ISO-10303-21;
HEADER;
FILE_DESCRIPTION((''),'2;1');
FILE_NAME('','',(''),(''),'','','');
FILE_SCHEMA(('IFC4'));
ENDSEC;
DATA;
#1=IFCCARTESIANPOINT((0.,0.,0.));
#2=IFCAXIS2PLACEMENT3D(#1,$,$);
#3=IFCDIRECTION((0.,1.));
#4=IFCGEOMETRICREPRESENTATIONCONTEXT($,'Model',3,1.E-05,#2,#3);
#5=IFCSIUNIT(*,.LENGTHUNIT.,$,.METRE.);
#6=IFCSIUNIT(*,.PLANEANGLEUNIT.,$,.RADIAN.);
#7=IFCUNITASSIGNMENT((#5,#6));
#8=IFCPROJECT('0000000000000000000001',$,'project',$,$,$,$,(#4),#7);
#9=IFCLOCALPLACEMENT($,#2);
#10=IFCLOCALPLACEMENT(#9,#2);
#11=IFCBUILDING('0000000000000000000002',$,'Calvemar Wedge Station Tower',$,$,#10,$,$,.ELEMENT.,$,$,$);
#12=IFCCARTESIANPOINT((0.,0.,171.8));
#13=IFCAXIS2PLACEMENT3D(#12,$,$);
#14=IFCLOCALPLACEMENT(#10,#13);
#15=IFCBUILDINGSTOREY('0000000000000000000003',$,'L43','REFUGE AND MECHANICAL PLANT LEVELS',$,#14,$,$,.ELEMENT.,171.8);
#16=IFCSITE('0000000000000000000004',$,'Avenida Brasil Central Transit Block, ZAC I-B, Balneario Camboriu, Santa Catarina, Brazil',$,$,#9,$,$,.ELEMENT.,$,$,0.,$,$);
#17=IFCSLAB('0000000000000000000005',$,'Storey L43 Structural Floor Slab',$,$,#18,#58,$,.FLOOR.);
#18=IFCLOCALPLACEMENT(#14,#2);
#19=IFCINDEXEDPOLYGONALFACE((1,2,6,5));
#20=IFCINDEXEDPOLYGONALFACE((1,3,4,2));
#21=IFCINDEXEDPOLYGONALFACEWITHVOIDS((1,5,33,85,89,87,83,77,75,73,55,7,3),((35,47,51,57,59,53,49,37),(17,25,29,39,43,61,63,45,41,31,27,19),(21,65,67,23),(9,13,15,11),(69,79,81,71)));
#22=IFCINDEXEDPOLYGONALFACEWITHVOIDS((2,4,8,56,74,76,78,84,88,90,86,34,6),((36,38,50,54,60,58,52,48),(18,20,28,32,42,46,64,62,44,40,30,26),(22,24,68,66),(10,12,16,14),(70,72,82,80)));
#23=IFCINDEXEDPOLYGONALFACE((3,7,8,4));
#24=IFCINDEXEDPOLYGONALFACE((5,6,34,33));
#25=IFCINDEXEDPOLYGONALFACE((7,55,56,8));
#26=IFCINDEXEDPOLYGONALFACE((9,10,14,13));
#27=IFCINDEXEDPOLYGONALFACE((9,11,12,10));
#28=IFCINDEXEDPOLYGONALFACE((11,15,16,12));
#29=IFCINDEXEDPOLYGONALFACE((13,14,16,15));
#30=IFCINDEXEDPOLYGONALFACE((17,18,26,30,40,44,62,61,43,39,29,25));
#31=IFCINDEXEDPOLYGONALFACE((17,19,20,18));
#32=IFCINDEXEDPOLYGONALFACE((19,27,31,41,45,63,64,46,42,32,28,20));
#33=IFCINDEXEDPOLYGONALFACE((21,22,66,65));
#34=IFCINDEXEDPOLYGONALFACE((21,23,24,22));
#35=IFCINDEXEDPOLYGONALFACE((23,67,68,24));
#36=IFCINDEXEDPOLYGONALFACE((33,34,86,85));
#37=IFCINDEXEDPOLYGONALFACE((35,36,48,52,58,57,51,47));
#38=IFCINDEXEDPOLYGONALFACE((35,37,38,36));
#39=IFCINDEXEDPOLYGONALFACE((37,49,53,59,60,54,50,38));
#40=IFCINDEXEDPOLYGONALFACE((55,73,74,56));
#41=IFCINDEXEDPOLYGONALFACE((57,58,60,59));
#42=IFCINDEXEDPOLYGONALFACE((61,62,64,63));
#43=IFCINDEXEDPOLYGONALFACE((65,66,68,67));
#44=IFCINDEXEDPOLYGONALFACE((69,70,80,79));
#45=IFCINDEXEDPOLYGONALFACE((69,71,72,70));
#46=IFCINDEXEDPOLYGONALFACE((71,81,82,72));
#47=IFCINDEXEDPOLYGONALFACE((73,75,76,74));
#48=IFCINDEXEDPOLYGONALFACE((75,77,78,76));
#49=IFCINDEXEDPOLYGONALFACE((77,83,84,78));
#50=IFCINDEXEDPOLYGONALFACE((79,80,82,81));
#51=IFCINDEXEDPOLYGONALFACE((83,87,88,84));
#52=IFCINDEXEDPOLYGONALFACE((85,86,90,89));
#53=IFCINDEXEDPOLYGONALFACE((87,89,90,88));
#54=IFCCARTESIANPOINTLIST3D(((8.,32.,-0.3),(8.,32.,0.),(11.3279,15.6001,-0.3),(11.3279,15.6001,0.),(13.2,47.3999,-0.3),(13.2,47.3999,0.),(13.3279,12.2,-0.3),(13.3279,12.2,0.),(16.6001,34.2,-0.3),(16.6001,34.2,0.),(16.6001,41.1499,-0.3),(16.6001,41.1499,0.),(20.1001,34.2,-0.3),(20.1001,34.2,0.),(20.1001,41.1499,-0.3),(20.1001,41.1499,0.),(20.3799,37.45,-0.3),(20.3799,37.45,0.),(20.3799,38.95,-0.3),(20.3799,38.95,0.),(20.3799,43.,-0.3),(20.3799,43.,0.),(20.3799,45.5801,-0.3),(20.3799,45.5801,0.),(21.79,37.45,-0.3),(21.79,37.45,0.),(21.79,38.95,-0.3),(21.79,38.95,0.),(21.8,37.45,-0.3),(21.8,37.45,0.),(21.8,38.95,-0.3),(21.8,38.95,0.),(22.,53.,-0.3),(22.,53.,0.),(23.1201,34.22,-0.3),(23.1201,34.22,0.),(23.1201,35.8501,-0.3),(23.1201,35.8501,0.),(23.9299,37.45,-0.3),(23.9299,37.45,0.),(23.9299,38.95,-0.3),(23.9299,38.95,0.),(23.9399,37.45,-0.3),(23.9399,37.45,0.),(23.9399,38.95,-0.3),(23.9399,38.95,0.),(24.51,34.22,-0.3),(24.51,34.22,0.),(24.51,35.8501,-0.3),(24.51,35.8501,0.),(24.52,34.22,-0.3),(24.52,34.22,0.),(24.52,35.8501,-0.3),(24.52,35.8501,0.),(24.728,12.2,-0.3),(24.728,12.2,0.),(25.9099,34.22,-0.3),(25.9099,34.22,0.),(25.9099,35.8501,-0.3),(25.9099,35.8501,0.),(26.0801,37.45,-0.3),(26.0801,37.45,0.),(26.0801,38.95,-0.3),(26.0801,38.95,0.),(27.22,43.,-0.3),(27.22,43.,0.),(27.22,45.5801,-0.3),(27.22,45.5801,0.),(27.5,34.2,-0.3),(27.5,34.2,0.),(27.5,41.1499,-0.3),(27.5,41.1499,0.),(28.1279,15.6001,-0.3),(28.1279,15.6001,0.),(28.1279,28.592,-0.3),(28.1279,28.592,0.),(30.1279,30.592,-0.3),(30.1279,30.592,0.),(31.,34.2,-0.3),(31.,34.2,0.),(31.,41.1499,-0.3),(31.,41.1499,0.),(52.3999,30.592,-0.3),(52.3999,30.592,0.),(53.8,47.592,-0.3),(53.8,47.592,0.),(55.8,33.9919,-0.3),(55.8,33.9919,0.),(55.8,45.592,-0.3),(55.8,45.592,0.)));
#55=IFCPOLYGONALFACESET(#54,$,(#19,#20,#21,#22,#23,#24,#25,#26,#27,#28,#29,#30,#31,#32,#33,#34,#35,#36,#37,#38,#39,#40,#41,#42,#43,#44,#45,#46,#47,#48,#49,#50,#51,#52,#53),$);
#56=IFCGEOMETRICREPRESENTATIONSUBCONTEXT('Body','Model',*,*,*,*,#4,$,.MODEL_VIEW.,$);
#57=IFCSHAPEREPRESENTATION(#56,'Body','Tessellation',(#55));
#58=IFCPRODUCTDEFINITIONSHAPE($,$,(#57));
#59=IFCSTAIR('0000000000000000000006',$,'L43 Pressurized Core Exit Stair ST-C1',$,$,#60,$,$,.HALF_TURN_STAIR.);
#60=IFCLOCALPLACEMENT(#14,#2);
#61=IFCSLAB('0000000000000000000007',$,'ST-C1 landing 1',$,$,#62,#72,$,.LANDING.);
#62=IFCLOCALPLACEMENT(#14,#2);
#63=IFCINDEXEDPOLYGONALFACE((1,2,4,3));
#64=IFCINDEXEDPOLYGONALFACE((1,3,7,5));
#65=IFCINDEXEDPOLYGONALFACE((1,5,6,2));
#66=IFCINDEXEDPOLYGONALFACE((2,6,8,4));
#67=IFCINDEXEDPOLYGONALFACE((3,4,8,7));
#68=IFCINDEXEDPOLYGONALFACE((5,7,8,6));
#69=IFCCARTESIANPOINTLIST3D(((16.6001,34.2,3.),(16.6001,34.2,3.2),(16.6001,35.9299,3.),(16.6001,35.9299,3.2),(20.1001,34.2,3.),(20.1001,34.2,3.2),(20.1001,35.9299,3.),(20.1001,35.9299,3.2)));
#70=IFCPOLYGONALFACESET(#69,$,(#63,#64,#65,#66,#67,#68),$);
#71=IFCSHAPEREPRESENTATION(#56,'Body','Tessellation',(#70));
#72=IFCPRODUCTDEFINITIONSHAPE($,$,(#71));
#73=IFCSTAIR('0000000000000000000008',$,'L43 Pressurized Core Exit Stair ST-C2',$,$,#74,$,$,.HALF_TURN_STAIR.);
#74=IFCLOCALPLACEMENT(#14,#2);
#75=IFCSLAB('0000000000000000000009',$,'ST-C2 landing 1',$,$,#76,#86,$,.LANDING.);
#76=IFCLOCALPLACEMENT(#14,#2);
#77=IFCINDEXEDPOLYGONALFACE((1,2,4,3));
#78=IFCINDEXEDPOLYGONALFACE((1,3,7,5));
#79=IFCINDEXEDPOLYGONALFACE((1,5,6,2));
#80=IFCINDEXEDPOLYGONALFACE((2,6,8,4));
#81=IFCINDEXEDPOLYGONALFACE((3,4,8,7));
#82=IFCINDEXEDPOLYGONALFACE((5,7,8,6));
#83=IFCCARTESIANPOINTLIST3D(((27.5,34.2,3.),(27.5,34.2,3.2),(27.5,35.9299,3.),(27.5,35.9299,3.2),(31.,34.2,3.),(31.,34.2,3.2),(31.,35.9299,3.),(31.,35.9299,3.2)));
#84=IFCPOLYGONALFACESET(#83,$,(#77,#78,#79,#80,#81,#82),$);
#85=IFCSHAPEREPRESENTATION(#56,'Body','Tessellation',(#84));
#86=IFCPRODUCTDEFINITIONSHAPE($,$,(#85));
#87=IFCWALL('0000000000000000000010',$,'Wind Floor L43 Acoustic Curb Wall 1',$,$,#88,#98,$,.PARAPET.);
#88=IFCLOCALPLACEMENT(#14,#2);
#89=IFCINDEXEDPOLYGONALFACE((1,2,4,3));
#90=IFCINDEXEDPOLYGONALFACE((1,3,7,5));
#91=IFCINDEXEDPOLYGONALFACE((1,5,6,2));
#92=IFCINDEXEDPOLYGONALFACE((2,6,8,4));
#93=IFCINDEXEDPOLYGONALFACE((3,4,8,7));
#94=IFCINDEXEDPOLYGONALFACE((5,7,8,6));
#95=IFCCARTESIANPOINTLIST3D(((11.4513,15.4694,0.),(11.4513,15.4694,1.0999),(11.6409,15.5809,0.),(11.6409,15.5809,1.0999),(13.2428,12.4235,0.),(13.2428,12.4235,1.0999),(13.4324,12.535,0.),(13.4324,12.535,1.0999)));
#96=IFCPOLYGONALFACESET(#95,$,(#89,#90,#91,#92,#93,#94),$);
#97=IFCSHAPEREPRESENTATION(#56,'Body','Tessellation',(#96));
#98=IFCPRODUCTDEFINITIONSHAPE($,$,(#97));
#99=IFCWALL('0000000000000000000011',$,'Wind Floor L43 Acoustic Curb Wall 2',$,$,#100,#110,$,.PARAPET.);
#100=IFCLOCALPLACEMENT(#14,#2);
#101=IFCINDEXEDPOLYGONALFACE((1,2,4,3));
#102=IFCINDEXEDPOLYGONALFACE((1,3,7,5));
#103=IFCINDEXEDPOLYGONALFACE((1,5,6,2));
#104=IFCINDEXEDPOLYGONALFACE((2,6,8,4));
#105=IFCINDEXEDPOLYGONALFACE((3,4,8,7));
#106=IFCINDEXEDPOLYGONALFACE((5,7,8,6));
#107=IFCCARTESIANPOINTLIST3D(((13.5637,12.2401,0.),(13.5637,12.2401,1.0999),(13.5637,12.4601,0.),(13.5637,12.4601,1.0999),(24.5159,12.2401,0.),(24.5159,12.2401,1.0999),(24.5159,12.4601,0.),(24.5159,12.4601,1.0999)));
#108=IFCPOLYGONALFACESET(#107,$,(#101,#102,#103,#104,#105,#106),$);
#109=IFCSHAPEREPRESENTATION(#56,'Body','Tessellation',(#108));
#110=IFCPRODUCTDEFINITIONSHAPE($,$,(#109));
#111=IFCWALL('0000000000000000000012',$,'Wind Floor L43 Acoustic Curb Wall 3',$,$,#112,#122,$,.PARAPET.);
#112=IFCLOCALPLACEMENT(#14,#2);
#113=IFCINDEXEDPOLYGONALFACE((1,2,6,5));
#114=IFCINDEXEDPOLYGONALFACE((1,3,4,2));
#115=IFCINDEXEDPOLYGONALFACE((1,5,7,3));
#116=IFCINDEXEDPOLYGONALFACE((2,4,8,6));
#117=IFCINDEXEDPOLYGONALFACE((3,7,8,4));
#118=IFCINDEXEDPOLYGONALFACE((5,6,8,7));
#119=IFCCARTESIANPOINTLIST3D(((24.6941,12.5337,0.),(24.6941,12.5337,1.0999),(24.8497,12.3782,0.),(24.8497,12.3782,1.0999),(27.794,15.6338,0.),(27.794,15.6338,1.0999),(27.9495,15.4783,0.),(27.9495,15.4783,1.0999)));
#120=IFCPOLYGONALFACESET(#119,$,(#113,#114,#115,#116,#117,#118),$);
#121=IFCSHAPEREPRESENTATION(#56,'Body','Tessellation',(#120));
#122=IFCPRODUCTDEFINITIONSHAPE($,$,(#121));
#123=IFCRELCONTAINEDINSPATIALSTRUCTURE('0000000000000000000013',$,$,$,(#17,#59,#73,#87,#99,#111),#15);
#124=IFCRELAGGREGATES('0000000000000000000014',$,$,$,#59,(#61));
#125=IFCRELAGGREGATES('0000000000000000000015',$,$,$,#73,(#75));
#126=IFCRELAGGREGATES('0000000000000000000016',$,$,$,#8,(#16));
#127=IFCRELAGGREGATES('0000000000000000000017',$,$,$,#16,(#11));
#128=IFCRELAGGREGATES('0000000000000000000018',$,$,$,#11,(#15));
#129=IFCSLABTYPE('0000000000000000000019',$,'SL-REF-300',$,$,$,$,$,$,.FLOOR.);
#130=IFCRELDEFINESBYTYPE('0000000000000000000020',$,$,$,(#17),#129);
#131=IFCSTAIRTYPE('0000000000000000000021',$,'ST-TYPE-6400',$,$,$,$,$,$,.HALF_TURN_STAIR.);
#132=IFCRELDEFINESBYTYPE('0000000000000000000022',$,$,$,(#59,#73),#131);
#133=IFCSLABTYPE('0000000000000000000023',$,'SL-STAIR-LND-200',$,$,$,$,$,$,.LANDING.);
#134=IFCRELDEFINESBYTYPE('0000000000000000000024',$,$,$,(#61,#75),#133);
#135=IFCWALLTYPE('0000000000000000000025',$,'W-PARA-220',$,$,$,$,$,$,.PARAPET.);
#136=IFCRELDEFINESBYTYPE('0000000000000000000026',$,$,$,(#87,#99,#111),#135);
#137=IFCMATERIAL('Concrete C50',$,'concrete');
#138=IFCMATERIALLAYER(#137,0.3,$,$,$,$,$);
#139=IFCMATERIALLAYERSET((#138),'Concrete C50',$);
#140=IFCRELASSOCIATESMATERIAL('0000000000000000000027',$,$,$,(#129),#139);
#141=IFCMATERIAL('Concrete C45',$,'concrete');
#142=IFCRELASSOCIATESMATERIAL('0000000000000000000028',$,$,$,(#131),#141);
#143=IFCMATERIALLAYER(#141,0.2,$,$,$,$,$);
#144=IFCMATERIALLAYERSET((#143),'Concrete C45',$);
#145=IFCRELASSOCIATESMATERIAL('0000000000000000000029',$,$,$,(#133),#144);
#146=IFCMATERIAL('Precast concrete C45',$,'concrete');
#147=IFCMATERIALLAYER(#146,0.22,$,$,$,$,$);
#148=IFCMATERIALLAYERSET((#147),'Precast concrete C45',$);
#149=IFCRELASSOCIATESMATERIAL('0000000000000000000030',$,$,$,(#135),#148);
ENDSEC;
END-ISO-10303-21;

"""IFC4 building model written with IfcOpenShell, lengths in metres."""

from ifc_helpers import new_model, si_unit, direction, frame, frame_2d, origin, place, context, subcontext, project, spatial, polyline, rectangle, outline, extrude, material, layer, layer_set, type_object, element, aggregate, save


model = new_model("IFC4")

# Units and contexts
model_context = context("Model", 3, precision=1e-05, world=origin(), true_north=direction((0.0, 1.0)))
body_context = subcontext(model_context, "Body", "Model", "MODEL_VIEW")
ifc_project = project(units=[si_unit("LENGTHUNIT", "METRE"), si_unit("PLANEANGLEUNIT", "RADIAN")], contexts=[model_context])

# Site, building, storey
site_placement = place(None, origin())
site = spatial("IfcSite", under=ifc_project, at=site_placement, Name="Avenida Brasil Central Transit Block, ZAC I-B, Balneario Camboriu, Santa Catarina, Brazil", CompositionType="ELEMENT", RefElevation=0.0)
building_placement = place(site_placement, origin())
building = spatial("IfcBuilding", under=site, at=building_placement, Name="Calvemar Wedge Station Tower", CompositionType="ELEMENT")
storey_placement = place(building_placement, frame((0.0, 0.0, 171.8)))
storey = spatial("IfcBuildingStorey", under=building, at=storey_placement, Name="L43", Description="REFUGE AND MECHANICAL PLANT LEVELS", CompositionType="ELEMENT", Elevation=171.8)

# Shared definitions
ifc_material_1 = material(Name="Concrete C50", Category="concrete")

# Slab
ifc_layer_1 = layer(ifc_material_1, 0.3)
ifc_layer_set_1 = layer_set([ifc_layer_1], Name="Concrete C50")
slab_type_1 = type_object("IfcSlabType", Name="SL-REF-300", PredefinedType="FLOOR", material=ifc_layer_set_1)
slab_1_placement = place(storey_placement, frame((0.0, 0.0, -0.3)))
element("IfcSlab", 1, at=slab_1_placement, inside=storey, type_object=slab_type_1, Name="Storey L43 Structural Floor Slab", PredefinedType="FLOOR", context=body_context, shape_type="SweptSolid", body=[
    extrude(outline(polyline([(8.0, 32.0), (11.3279, 15.6001), (13.3279, 12.2), (24.728, 12.2), (28.1279, 15.6001), (28.1279, 28.592), (30.1279, 30.592), (52.3999, 30.592), (55.8, 33.9919), (55.8, 45.592), (53.8, 47.592), (22.0, 53.0), (13.2, 47.3999), (8.0, 32.0)]), holes=[polyline([(24.52, 35.8501), (24.51, 35.8501), (23.1201, 35.8501), (23.1201, 34.22), (24.51, 34.22), (24.52, 34.22), (25.9099, 34.22), (25.9099, 35.8501), (24.52, 35.8501)]), polyline([(16.6001, 34.2), (20.1001, 34.2), (20.1001, 41.1499), (16.6001, 41.1499), (16.6001, 34.2)]), polyline([(27.5, 34.2), (31.0, 34.2), (31.0, 41.1499), (27.5, 41.1499), (27.5, 34.2)]), polyline([(21.8, 38.95), (21.79, 38.95), (20.3799, 38.95), (20.3799, 37.45), (21.79, 37.45), (21.8, 37.45), (23.9299, 37.45), (23.9399, 37.45), (26.0801, 37.45), (26.0801, 38.95), (23.9399, 38.95), (23.9299, 38.95), (21.8, 38.95)]), polyline([(27.22, 43.0), (27.22, 45.5801), (20.3799, 45.5801), (20.3799, 43.0), (27.22, 43.0)])]), origin(), (0.0, 0.0, 1.0), 0.3),
])

# Stairs, slabs
ifc_material_2 = material(Name="Concrete C45", Category="concrete")
stair_type = type_object("IfcStairType", Name="ST-TYPE-6400", PredefinedType="HALF_TURN_STAIR", material=ifc_material_2)
stair_1_placement = place(storey_placement, origin())
stair_1 = element("IfcStair", 2, at=stair_1_placement, inside=storey, type_object=stair_type, Name="L43 Pressurized Core Exit Stair ST-C1", PredefinedType="HALF_TURN_STAIR")
ifc_layer_2 = layer(ifc_material_2, 0.2)
ifc_layer_set_2 = layer_set([ifc_layer_2], Name="Concrete C45")
slab_type_2 = type_object("IfcSlabType", Name="SL-STAIR-LND-200", PredefinedType="LANDING", material=ifc_layer_set_2)
slab_2_placement = place(storey_placement, frame((0.0, 0.0, 3.0)))
slab_2 = element("IfcSlab", 3, at=slab_2_placement, type_object=slab_type_2, Name="ST-C1 landing 1", PredefinedType="LANDING", context=body_context, shape_type="SweptSolid", body=[
    extrude(outline(polyline([(16.6001, 35.9299), (16.6001, 34.2), (20.1001, 34.2), (20.1001, 35.9299), (16.6001, 35.9299)])), origin(), (0.0, 0.0, 1.0), 0.2),
])
aggregate(stair_1, [slab_2])
stair_2_placement = place(storey_placement, origin())
stair_2 = element("IfcStair", 4, at=stair_2_placement, inside=storey, type_object=stair_type, Name="L43 Pressurized Core Exit Stair ST-C2", PredefinedType="HALF_TURN_STAIR")
slab_3_placement = place(storey_placement, frame((0.0, 0.0, 3.0)))
slab_3 = element("IfcSlab", 5, at=slab_3_placement, type_object=slab_type_2, Name="ST-C2 landing 1", PredefinedType="LANDING", context=body_context, shape_type="SweptSolid", body=[
    extrude(outline(polyline([(27.5, 35.9299), (27.5, 34.2), (31.0, 34.2), (31.0, 35.9299), (27.5, 35.9299)])), origin(), (0.0, 0.0, 1.0), 0.2),
])
aggregate(stair_2, [slab_3])

# Walls
ifc_material_3 = material(Name="Precast concrete C45", Category="concrete")
ifc_layer_3 = layer(ifc_material_3, 0.22)
ifc_layer_set_3 = layer_set([ifc_layer_3], Name="Precast concrete C45")
wall_type = type_object("IfcWallType", Name="W-PARA-220", PredefinedType="PARAPET", material=ifc_layer_set_3)
wall_1_placement = place(storey_placement, frame((11.5461, 15.5251, 0.0), z_axis=(0.0, 0.0, 1.0), x_axis=(0.506978, -0.861959, 0.0)))
element("IfcWall", 6, at=wall_1_placement, inside=storey, type_object=wall_type, Name="Wind Floor L43 Acoustic Curb Wall 1", PredefinedType="PARAPET", context=body_context, shape_type="SweptSolid", body=[
    extrude(rectangle(XDim=3.5337, YDim=0.22, at=frame_2d((1.7668, 0.0))), origin(), (0.0, 0.0, 1.0), 1.0999),
])
wall_2_placement = place(storey_placement, frame((13.5637, 12.3501, 0.0), z_axis=(0.0, 0.0, 1.0), x_axis=(1.0, 0.0, 0.0)))
element("IfcWall", 7, at=wall_2_placement, inside=storey, type_object=wall_type, Name="Wind Floor L43 Acoustic Curb Wall 2", PredefinedType="PARAPET", context=body_context, shape_type="SweptSolid", body=[
    extrude(rectangle(XDim=10.9521, YDim=0.22, at=frame_2d((5.4761, 0.0))), origin(), (0.0, 0.0, 1.0), 1.0999),
])
wall_3_placement = place(storey_placement, frame((24.772, 12.4561, 0.0), z_axis=(0.0, 0.0, 1.0), x_axis=(0.707079, 0.707135, 0.0)))
element("IfcWall", 8, at=wall_3_placement, inside=storey, type_object=wall_type, Name="Wind Floor L43 Acoustic Curb Wall 3", PredefinedType="PARAPET", context=body_context, shape_type="SweptSolid", body=[
    extrude(rectangle(XDim=4.384, YDim=0.22, at=frame_2d((2.1919, 0.0))), origin(), (0.0, 0.0, 1.0), 1.0999),
])

save(model, "model.ifc")
